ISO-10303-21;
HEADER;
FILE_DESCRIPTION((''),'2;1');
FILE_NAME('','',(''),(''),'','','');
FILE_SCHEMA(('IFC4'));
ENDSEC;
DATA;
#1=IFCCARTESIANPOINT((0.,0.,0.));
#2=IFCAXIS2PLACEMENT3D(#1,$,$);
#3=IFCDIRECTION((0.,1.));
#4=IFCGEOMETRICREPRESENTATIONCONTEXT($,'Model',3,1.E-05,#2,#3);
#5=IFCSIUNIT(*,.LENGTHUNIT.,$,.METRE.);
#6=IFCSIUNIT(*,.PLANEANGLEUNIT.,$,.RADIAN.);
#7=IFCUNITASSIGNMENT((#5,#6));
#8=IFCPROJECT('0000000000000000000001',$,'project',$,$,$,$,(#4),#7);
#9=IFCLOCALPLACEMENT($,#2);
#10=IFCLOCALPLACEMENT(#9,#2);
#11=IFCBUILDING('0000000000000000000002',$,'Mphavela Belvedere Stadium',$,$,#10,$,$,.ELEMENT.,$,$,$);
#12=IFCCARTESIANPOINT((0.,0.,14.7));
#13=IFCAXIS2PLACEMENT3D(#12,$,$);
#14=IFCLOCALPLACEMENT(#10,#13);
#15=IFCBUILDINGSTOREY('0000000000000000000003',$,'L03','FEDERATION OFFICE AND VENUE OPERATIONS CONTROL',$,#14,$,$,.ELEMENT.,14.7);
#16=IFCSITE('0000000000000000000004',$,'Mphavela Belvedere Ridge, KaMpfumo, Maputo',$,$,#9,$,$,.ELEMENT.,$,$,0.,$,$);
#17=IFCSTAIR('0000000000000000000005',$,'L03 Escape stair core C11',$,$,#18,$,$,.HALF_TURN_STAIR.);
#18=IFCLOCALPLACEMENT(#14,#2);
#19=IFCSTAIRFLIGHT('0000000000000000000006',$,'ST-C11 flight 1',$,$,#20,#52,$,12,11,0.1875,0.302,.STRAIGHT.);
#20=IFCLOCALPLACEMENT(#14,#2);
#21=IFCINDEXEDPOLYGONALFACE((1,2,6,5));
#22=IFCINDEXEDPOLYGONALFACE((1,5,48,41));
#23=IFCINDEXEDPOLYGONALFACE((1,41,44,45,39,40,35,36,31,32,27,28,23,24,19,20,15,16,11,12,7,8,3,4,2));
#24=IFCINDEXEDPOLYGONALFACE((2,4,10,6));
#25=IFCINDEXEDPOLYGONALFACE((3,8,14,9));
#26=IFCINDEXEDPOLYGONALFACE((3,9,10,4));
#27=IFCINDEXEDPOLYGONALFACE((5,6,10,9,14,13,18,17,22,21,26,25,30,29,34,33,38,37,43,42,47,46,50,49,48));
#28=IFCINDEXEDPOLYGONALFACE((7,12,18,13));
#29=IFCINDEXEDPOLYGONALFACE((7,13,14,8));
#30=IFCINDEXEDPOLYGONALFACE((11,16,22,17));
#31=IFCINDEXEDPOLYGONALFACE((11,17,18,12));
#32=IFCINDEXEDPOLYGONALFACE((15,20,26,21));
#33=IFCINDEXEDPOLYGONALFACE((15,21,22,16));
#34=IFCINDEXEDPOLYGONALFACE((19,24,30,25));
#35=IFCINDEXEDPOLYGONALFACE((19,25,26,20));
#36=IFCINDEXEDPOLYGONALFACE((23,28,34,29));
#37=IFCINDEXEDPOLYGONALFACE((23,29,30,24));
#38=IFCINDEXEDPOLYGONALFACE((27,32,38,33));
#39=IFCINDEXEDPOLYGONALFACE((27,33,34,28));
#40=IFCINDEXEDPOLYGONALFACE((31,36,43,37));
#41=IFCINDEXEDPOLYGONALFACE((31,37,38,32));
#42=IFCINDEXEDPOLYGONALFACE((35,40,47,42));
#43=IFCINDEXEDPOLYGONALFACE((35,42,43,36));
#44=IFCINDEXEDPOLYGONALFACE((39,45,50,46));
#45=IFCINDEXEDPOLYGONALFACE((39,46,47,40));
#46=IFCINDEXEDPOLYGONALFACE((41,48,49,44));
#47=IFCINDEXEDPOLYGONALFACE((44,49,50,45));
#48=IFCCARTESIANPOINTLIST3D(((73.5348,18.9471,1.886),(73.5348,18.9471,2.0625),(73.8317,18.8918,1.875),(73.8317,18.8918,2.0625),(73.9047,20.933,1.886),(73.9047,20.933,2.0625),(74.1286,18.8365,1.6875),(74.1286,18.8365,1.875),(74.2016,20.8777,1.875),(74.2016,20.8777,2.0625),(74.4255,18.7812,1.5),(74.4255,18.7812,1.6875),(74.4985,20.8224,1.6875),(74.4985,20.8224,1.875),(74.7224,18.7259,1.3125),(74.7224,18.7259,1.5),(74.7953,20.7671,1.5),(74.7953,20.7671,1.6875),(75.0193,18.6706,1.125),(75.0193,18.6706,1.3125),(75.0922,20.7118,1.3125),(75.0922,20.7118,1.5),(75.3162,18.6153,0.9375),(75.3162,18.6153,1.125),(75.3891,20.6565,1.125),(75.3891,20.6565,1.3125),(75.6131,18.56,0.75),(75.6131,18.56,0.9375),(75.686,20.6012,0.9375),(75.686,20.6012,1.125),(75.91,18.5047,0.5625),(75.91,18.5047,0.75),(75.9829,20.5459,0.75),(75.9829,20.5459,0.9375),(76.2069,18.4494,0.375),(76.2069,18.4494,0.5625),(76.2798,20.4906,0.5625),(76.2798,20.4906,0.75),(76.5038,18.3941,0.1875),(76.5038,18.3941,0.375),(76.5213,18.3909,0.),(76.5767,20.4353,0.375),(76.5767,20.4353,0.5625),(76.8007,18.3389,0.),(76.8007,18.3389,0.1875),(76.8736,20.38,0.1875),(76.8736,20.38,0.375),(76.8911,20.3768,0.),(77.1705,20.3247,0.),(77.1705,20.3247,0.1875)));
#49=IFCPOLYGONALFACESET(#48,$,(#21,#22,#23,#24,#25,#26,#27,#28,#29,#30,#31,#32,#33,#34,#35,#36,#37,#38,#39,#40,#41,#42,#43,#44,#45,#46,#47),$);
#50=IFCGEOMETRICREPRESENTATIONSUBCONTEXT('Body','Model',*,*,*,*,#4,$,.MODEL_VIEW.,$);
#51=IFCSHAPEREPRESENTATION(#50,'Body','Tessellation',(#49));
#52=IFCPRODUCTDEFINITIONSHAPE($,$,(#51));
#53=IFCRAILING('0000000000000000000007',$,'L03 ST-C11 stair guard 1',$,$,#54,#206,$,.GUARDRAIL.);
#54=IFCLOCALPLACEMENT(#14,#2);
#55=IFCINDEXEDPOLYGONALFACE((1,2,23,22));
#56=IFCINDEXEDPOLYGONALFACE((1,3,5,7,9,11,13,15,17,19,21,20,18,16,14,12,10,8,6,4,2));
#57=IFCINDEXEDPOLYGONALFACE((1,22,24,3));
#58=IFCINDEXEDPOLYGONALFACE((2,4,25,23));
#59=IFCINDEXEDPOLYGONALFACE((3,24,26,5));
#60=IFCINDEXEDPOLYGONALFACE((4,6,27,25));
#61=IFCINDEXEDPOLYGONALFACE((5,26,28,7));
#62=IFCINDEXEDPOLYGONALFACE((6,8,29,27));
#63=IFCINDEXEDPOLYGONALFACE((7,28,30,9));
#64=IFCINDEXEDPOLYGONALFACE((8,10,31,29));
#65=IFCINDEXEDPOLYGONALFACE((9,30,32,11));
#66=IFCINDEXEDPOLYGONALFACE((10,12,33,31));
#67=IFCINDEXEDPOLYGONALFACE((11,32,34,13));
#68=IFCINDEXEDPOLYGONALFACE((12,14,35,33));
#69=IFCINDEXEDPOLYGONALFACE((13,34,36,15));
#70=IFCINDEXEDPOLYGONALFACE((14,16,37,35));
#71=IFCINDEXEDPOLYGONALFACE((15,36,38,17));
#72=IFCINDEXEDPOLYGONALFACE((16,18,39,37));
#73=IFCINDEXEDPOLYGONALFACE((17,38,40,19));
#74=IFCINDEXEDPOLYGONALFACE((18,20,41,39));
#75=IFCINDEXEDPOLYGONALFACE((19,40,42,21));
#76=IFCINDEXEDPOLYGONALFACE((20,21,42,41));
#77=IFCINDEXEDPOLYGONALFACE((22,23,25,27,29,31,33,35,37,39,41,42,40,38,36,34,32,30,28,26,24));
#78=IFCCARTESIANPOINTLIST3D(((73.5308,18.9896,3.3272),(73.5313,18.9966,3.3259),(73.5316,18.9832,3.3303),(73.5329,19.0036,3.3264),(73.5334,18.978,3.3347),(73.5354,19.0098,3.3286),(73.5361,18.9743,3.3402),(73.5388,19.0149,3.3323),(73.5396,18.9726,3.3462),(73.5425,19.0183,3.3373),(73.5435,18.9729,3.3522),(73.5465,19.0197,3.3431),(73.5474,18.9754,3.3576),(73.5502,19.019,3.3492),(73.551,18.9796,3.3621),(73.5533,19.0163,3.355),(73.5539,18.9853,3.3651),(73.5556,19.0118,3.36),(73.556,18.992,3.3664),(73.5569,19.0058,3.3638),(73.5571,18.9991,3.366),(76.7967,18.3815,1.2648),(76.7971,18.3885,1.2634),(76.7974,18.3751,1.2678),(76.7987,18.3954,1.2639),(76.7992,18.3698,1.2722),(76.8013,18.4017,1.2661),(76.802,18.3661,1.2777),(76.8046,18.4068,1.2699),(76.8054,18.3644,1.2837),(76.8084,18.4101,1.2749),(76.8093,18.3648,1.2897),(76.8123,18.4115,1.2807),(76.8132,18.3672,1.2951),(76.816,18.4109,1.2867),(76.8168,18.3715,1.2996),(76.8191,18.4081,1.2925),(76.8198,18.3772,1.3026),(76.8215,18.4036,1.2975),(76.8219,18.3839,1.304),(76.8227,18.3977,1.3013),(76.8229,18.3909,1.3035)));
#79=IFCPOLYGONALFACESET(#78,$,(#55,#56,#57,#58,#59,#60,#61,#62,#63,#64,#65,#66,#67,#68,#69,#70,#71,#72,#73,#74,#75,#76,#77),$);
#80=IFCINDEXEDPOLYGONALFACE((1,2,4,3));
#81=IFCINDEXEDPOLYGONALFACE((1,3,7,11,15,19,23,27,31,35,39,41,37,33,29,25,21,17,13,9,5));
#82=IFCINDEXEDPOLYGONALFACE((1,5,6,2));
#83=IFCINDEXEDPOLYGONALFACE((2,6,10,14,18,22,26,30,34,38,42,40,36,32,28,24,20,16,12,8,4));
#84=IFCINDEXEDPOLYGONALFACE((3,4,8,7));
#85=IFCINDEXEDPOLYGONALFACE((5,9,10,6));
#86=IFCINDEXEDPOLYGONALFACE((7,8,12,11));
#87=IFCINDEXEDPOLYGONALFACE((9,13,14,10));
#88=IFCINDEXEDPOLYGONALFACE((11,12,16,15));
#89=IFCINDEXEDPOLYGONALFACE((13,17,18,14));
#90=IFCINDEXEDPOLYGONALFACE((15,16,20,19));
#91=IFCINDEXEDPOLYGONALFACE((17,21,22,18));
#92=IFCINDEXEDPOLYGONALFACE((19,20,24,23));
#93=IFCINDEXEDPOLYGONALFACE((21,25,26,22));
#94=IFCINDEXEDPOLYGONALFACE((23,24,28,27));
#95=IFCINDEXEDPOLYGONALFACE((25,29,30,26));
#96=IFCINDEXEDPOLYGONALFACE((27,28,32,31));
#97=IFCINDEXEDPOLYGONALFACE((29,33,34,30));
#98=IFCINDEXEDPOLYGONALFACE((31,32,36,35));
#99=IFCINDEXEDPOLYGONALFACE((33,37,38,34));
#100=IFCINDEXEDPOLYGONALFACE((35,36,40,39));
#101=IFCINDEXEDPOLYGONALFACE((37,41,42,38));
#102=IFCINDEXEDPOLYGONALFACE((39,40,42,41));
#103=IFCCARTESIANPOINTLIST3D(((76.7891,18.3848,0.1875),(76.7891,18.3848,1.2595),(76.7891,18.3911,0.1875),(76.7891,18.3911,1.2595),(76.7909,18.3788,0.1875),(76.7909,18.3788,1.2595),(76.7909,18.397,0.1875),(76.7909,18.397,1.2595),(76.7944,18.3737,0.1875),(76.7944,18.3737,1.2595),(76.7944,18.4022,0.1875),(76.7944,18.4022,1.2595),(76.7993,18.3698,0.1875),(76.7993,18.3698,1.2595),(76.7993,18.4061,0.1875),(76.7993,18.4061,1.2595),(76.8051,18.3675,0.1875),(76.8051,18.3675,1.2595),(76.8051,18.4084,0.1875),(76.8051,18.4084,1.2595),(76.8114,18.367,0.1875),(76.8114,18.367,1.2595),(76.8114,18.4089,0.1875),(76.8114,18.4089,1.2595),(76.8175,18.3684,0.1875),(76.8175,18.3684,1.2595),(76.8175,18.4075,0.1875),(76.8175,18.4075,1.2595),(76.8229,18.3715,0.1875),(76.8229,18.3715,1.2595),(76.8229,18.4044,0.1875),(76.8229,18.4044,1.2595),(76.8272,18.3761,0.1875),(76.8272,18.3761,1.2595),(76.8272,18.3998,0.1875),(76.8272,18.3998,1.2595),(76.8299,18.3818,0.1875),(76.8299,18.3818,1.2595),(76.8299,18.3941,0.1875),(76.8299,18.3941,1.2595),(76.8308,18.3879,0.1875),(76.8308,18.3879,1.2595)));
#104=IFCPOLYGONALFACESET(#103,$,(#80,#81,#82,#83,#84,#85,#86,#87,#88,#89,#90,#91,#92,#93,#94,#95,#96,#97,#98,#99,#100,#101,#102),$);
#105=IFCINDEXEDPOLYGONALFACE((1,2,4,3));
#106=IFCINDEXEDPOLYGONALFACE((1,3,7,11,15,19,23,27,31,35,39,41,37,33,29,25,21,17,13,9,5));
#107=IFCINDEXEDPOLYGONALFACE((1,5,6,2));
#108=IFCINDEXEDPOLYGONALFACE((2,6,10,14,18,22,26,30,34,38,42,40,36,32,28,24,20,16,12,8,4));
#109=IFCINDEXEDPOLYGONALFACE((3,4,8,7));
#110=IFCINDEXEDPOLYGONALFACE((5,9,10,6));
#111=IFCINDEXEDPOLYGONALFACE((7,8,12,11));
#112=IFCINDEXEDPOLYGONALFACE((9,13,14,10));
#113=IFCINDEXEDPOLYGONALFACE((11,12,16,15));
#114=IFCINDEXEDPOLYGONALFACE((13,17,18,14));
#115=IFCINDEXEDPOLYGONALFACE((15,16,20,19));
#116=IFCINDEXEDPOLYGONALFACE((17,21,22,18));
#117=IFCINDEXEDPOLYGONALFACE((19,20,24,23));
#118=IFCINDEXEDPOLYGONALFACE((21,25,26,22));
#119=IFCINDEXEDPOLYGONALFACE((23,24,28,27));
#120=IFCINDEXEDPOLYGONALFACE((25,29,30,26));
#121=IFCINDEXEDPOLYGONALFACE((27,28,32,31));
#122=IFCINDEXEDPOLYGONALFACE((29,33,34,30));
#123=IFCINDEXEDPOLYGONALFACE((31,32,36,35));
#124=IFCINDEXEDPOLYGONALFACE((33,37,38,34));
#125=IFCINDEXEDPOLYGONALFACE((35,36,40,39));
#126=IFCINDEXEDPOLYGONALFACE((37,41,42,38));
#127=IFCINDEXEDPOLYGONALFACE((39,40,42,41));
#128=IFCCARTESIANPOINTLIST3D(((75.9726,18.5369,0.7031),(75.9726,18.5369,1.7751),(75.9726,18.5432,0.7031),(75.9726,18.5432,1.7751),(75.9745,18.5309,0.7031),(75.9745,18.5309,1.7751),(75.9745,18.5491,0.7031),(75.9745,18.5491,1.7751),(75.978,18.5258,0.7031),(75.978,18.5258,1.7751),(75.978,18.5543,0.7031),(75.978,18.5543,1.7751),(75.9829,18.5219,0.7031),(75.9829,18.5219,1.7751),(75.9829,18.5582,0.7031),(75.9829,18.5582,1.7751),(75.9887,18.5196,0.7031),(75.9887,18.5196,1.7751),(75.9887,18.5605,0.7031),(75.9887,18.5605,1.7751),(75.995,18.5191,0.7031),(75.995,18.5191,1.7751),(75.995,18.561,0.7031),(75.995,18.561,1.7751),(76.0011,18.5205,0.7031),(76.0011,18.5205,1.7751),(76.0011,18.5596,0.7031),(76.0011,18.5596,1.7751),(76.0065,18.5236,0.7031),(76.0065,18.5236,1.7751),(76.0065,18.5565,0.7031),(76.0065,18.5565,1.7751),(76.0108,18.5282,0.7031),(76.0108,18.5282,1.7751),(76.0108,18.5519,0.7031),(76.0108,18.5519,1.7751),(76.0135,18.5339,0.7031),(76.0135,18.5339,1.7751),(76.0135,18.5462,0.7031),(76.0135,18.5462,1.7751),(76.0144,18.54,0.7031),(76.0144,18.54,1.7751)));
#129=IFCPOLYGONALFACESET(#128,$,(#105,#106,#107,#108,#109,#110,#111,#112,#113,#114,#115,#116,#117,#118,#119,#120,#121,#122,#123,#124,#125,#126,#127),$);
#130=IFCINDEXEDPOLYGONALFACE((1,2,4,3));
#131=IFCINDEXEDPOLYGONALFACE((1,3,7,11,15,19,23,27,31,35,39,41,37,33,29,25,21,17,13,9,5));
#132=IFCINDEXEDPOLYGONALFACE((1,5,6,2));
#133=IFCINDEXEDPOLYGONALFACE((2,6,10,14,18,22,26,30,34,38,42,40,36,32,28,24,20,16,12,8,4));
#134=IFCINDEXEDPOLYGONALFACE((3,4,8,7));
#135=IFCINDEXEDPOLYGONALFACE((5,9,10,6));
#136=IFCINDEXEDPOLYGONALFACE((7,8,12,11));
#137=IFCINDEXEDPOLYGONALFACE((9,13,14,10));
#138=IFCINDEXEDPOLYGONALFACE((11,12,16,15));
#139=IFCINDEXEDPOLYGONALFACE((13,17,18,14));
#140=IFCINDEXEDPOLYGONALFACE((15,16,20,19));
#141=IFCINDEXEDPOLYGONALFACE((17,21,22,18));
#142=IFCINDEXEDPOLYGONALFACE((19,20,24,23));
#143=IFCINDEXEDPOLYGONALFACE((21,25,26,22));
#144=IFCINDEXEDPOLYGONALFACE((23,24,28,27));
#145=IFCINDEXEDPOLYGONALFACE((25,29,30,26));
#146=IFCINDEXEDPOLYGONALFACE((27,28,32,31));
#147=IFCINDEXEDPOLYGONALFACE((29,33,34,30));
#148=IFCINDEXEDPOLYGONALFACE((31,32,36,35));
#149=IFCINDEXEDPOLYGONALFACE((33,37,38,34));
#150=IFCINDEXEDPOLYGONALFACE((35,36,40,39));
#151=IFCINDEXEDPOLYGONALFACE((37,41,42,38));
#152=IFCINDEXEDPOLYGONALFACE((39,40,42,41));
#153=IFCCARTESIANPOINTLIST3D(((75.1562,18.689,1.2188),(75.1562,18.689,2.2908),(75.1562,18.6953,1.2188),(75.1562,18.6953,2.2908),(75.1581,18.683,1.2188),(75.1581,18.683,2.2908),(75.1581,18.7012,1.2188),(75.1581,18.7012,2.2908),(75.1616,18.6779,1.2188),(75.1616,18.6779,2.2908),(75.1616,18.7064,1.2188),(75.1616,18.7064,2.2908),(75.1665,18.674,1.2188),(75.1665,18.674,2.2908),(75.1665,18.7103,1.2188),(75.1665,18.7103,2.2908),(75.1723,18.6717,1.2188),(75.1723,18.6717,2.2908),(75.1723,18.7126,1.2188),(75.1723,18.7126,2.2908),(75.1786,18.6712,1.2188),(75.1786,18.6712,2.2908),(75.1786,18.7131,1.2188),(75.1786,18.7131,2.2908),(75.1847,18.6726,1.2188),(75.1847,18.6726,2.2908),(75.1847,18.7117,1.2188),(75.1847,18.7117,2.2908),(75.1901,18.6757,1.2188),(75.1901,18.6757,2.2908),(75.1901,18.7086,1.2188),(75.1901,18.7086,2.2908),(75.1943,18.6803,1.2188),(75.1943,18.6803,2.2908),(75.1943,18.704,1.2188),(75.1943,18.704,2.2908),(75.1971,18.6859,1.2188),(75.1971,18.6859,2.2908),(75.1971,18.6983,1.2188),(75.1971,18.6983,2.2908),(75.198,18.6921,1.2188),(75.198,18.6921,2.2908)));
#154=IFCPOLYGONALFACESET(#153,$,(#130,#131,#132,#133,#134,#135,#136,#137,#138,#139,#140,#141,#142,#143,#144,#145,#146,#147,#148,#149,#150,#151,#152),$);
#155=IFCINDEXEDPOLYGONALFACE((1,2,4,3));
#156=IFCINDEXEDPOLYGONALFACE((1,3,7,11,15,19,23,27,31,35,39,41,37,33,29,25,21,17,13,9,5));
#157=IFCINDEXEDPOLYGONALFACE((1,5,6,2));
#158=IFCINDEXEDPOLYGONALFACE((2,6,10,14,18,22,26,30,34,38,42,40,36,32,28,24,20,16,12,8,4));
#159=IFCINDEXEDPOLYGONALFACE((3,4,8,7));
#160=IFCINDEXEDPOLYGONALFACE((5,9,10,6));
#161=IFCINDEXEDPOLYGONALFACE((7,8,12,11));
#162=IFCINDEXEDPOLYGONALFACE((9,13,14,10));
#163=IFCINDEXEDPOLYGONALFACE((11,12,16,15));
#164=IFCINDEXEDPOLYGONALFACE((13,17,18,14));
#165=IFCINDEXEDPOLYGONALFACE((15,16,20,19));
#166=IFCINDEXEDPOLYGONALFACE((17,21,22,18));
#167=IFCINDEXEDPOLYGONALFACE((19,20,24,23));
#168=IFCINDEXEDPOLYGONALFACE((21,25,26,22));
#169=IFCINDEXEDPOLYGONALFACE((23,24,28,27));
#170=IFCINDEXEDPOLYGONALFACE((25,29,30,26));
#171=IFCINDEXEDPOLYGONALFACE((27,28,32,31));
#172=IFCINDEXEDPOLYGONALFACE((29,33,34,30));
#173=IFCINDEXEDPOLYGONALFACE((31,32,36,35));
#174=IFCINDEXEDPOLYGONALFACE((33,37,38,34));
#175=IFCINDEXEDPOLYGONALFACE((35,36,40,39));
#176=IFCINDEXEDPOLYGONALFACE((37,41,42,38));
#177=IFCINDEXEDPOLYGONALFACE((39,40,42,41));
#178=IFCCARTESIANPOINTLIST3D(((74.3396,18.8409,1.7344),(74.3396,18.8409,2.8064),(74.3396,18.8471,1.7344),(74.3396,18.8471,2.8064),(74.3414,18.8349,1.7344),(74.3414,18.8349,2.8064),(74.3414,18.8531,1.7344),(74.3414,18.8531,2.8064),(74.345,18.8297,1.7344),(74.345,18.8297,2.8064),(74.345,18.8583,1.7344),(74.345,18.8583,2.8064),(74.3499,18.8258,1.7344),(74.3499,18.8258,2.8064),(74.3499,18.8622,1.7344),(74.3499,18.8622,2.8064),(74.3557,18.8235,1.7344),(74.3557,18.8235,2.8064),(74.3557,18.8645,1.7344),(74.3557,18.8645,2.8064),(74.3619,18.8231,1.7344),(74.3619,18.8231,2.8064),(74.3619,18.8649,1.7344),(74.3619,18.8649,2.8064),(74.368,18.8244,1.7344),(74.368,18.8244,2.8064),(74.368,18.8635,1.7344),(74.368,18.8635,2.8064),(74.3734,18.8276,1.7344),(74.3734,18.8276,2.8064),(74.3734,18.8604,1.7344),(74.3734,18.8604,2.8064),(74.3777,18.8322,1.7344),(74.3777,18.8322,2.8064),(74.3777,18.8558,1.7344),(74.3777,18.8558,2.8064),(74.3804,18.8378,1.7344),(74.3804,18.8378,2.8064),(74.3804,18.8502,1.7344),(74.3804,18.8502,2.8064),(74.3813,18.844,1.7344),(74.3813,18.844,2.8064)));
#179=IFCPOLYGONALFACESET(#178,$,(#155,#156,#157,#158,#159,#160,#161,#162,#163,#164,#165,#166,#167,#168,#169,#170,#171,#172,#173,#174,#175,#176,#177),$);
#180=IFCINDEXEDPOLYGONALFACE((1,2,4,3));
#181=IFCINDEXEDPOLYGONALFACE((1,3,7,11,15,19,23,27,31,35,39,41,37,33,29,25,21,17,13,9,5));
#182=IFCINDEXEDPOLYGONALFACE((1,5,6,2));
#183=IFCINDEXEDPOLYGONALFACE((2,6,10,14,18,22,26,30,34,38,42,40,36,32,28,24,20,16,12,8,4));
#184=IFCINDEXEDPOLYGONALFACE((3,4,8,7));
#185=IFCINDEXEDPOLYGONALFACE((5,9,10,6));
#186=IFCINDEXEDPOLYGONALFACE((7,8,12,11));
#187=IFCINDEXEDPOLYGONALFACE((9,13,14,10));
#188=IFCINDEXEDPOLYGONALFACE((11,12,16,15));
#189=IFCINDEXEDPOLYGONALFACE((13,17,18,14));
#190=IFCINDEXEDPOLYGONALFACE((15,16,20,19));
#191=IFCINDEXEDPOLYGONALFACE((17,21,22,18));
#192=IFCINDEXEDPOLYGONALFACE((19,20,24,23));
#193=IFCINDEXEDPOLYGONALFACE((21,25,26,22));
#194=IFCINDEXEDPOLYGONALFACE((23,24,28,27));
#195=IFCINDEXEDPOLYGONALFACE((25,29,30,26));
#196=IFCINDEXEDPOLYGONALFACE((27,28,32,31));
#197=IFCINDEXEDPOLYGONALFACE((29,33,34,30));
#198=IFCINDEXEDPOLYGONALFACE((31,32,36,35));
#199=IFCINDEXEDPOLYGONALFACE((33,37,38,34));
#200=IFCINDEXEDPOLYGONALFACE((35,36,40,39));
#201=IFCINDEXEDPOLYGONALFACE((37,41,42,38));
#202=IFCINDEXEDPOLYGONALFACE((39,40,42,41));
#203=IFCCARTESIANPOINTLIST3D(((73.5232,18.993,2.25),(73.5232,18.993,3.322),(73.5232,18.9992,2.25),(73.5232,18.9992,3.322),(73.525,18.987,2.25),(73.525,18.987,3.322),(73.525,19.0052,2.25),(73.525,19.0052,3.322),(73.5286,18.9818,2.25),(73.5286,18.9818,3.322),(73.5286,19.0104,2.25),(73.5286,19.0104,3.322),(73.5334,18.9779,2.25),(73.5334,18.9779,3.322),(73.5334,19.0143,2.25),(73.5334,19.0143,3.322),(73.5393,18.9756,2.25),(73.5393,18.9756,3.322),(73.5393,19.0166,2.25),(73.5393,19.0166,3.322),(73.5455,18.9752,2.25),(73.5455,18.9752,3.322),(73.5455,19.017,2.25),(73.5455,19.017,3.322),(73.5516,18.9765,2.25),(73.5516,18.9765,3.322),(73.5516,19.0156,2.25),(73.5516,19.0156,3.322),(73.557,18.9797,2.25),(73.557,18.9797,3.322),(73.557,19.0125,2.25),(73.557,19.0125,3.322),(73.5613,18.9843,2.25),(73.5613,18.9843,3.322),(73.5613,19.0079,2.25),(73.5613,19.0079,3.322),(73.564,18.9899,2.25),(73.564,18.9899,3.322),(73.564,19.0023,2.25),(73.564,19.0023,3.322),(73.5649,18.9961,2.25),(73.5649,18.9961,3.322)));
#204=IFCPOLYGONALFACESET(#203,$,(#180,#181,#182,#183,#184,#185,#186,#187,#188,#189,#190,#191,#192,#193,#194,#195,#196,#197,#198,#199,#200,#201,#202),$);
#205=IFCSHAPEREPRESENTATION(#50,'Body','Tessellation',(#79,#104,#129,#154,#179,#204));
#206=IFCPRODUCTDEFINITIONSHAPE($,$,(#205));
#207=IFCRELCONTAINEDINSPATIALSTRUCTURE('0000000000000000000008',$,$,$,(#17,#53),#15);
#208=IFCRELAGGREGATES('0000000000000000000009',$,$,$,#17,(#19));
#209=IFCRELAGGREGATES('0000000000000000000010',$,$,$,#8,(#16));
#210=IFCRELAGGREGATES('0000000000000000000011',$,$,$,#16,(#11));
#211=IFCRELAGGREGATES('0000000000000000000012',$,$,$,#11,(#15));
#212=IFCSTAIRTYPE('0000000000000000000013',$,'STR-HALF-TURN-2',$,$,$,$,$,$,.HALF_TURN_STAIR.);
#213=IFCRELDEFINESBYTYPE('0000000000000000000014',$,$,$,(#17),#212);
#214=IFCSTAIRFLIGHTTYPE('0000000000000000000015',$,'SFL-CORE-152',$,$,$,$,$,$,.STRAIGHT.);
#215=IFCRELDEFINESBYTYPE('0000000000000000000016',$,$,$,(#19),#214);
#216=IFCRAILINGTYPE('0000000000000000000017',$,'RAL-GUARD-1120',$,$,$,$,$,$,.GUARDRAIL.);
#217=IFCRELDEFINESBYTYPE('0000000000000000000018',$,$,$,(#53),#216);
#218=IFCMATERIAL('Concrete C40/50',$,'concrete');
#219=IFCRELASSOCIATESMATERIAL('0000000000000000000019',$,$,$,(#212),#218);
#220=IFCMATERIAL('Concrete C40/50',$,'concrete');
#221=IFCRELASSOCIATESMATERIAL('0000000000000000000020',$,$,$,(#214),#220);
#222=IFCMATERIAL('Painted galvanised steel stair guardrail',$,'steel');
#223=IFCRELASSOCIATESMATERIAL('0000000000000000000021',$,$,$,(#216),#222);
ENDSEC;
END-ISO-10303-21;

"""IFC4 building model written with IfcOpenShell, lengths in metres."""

from ifc_helpers import new_model, si_unit, direction, frame, origin, origin_2d, place, context, subcontext, project, spatial, polyline, circle, outline, extrude, material, type_object, element, aggregate, save


model = new_model("IFC4")

# Units and contexts
model_context = context("Model", 3, precision=1e-05, world=origin(), true_north=direction((0.0, 1.0)))
body_context = subcontext(model_context, "Body", "Model", "MODEL_VIEW")
ifc_project = project(units=[si_unit("LENGTHUNIT", "METRE"), si_unit("PLANEANGLEUNIT", "RADIAN")], contexts=[model_context])

# Site, building, storey
site_placement = place(None, origin())
site = spatial("IfcSite", under=ifc_project, at=site_placement, Name="Mphavela Belvedere Ridge, KaMpfumo, Maputo", CompositionType="ELEMENT", RefElevation=0.0)
building_placement = place(site_placement, origin())
building = spatial("IfcBuilding", under=site, at=building_placement, Name="Mphavela Belvedere Stadium", CompositionType="ELEMENT")
storey_placement = place(building_placement, frame((0.0, 0.0, 14.7)))
storey = spatial("IfcBuildingStorey", under=building, at=storey_placement, Name="L03", Description="FEDERATION OFFICE AND VENUE OPERATIONS CONTROL", CompositionType="ELEMENT", Elevation=14.7)

# Stair, stair flight
ifc_material_1 = material(Name="Concrete C40/50", Category="concrete")
stair_type = type_object("IfcStairType", Name="STR-HALF-TURN-2", PredefinedType="HALF_TURN_STAIR", material=ifc_material_1)
stair_placement = place(storey_placement, origin())
stair = element("IfcStair", 1, at=stair_placement, inside=storey, type_object=stair_type, Name="L03 Escape stair core C11", PredefinedType="HALF_TURN_STAIR")
ifc_material_2 = material(Name="Concrete C40/50", Category="concrete")
stair_flight_type = type_object("IfcStairFlightType", Name="SFL-CORE-152", PredefinedType="STRAIGHT", material=ifc_material_2)
stair_flight_placement = place(storey_placement, frame((76.9856, 19.3318, 0.0), z_axis=(0.0, 0.0, 1.0), x_axis=(-0.983096, 0.183094, 0.0)))
stair_flight = element("IfcStairFlight", 2, at=stair_flight_placement, type_object=stair_flight_type, Name="ST-C11 flight 1", NumberOfRisers=12, NumberOfTreads=11, PredefinedType="STRAIGHT", RiserHeight=0.1875, TreadLength=0.302, context=body_context, shape_type="SweptSolid", body=[
    extrude(outline(polyline([(0.0, 0.0), (0.0, 0.1875), (0.302, 0.1875), (0.302, 0.375), (0.604, 0.375), (0.604, 0.5625), (0.906, 0.5625), (0.906, 0.75), (1.208, 0.75), (1.208, 0.9375), (1.51, 0.9375), (1.51, 1.125), (1.812, 1.125), (1.812, 1.3125), (2.114, 1.3125), (2.114, 1.5), (2.416, 1.5), (2.416, 1.6875), (2.718, 1.6875), (2.718, 1.875), (3.02, 1.875), (3.02, 2.0625), (3.322, 2.0625), (3.322, 2.25), (3.322, 1.886), (0.2842, 0.0), (0.0, 0.0)])), frame((0.0, 1.01, 0.0), z_axis=(0.0, -1.0, 0.0), x_axis=(1.0, 0.0, 0.0)), (0.0, 0.0, 1.0), 2.02),
])
aggregate(stair, [stair_flight])

# Railing
ifc_material_3 = material(Name="Painted galvanised steel stair guardrail", Category="steel")
railing_type_1 = type_object("IfcRailingType", Name="RAL-GUARD-1120", PredefinedType="GUARDRAIL", material=ifc_material_3)
railing_1_placement = place(storey_placement, frame((76.8098, 18.3879, 0.1875)))
element("IfcRailing", 3, at=railing_1_placement, inside=storey, type_object=railing_type_1, Name="L03 ST-C11 stair guard 1", PredefinedType="GUARDRAIL", context=body_context, shape_type="SweptSolid", body=[
    extrude(circle(Radius=0.0239, at=origin_2d()), frame((0.0, 0.0, 1.0962), z_axis=(-0.835218, 0.15553, 0.527467), x_axis=(-0.183068, -0.9831, 0.0)), (0.0, 0.0, 1.0), 3.9102),
    extrude(circle(Radius=0.021, at=origin_2d()), origin(), (0.0, 0.0, 1.0), 1.072),
    extrude(circle(Radius=0.021, at=origin_2d()), frame((-0.8164, 0.1521, 0.5156)), (0.0, 0.0, 1.0), 1.072),
    extrude(circle(Radius=0.021, at=origin_2d()), frame((-1.6328, 0.3042, 1.0312)), (0.0, 0.0, 1.0), 1.072),
    extrude(circle(Radius=0.021, at=origin_2d()), frame((-2.4495, 0.4561, 1.5469)), (0.0, 0.0, 1.0), 1.072),
    extrude(circle(Radius=0.021, at=origin_2d()), frame((-3.2659, 0.6082, 2.0625)), (0.0, 0.0, 1.0), 1.072),
])

save(model, "model.ifc")
